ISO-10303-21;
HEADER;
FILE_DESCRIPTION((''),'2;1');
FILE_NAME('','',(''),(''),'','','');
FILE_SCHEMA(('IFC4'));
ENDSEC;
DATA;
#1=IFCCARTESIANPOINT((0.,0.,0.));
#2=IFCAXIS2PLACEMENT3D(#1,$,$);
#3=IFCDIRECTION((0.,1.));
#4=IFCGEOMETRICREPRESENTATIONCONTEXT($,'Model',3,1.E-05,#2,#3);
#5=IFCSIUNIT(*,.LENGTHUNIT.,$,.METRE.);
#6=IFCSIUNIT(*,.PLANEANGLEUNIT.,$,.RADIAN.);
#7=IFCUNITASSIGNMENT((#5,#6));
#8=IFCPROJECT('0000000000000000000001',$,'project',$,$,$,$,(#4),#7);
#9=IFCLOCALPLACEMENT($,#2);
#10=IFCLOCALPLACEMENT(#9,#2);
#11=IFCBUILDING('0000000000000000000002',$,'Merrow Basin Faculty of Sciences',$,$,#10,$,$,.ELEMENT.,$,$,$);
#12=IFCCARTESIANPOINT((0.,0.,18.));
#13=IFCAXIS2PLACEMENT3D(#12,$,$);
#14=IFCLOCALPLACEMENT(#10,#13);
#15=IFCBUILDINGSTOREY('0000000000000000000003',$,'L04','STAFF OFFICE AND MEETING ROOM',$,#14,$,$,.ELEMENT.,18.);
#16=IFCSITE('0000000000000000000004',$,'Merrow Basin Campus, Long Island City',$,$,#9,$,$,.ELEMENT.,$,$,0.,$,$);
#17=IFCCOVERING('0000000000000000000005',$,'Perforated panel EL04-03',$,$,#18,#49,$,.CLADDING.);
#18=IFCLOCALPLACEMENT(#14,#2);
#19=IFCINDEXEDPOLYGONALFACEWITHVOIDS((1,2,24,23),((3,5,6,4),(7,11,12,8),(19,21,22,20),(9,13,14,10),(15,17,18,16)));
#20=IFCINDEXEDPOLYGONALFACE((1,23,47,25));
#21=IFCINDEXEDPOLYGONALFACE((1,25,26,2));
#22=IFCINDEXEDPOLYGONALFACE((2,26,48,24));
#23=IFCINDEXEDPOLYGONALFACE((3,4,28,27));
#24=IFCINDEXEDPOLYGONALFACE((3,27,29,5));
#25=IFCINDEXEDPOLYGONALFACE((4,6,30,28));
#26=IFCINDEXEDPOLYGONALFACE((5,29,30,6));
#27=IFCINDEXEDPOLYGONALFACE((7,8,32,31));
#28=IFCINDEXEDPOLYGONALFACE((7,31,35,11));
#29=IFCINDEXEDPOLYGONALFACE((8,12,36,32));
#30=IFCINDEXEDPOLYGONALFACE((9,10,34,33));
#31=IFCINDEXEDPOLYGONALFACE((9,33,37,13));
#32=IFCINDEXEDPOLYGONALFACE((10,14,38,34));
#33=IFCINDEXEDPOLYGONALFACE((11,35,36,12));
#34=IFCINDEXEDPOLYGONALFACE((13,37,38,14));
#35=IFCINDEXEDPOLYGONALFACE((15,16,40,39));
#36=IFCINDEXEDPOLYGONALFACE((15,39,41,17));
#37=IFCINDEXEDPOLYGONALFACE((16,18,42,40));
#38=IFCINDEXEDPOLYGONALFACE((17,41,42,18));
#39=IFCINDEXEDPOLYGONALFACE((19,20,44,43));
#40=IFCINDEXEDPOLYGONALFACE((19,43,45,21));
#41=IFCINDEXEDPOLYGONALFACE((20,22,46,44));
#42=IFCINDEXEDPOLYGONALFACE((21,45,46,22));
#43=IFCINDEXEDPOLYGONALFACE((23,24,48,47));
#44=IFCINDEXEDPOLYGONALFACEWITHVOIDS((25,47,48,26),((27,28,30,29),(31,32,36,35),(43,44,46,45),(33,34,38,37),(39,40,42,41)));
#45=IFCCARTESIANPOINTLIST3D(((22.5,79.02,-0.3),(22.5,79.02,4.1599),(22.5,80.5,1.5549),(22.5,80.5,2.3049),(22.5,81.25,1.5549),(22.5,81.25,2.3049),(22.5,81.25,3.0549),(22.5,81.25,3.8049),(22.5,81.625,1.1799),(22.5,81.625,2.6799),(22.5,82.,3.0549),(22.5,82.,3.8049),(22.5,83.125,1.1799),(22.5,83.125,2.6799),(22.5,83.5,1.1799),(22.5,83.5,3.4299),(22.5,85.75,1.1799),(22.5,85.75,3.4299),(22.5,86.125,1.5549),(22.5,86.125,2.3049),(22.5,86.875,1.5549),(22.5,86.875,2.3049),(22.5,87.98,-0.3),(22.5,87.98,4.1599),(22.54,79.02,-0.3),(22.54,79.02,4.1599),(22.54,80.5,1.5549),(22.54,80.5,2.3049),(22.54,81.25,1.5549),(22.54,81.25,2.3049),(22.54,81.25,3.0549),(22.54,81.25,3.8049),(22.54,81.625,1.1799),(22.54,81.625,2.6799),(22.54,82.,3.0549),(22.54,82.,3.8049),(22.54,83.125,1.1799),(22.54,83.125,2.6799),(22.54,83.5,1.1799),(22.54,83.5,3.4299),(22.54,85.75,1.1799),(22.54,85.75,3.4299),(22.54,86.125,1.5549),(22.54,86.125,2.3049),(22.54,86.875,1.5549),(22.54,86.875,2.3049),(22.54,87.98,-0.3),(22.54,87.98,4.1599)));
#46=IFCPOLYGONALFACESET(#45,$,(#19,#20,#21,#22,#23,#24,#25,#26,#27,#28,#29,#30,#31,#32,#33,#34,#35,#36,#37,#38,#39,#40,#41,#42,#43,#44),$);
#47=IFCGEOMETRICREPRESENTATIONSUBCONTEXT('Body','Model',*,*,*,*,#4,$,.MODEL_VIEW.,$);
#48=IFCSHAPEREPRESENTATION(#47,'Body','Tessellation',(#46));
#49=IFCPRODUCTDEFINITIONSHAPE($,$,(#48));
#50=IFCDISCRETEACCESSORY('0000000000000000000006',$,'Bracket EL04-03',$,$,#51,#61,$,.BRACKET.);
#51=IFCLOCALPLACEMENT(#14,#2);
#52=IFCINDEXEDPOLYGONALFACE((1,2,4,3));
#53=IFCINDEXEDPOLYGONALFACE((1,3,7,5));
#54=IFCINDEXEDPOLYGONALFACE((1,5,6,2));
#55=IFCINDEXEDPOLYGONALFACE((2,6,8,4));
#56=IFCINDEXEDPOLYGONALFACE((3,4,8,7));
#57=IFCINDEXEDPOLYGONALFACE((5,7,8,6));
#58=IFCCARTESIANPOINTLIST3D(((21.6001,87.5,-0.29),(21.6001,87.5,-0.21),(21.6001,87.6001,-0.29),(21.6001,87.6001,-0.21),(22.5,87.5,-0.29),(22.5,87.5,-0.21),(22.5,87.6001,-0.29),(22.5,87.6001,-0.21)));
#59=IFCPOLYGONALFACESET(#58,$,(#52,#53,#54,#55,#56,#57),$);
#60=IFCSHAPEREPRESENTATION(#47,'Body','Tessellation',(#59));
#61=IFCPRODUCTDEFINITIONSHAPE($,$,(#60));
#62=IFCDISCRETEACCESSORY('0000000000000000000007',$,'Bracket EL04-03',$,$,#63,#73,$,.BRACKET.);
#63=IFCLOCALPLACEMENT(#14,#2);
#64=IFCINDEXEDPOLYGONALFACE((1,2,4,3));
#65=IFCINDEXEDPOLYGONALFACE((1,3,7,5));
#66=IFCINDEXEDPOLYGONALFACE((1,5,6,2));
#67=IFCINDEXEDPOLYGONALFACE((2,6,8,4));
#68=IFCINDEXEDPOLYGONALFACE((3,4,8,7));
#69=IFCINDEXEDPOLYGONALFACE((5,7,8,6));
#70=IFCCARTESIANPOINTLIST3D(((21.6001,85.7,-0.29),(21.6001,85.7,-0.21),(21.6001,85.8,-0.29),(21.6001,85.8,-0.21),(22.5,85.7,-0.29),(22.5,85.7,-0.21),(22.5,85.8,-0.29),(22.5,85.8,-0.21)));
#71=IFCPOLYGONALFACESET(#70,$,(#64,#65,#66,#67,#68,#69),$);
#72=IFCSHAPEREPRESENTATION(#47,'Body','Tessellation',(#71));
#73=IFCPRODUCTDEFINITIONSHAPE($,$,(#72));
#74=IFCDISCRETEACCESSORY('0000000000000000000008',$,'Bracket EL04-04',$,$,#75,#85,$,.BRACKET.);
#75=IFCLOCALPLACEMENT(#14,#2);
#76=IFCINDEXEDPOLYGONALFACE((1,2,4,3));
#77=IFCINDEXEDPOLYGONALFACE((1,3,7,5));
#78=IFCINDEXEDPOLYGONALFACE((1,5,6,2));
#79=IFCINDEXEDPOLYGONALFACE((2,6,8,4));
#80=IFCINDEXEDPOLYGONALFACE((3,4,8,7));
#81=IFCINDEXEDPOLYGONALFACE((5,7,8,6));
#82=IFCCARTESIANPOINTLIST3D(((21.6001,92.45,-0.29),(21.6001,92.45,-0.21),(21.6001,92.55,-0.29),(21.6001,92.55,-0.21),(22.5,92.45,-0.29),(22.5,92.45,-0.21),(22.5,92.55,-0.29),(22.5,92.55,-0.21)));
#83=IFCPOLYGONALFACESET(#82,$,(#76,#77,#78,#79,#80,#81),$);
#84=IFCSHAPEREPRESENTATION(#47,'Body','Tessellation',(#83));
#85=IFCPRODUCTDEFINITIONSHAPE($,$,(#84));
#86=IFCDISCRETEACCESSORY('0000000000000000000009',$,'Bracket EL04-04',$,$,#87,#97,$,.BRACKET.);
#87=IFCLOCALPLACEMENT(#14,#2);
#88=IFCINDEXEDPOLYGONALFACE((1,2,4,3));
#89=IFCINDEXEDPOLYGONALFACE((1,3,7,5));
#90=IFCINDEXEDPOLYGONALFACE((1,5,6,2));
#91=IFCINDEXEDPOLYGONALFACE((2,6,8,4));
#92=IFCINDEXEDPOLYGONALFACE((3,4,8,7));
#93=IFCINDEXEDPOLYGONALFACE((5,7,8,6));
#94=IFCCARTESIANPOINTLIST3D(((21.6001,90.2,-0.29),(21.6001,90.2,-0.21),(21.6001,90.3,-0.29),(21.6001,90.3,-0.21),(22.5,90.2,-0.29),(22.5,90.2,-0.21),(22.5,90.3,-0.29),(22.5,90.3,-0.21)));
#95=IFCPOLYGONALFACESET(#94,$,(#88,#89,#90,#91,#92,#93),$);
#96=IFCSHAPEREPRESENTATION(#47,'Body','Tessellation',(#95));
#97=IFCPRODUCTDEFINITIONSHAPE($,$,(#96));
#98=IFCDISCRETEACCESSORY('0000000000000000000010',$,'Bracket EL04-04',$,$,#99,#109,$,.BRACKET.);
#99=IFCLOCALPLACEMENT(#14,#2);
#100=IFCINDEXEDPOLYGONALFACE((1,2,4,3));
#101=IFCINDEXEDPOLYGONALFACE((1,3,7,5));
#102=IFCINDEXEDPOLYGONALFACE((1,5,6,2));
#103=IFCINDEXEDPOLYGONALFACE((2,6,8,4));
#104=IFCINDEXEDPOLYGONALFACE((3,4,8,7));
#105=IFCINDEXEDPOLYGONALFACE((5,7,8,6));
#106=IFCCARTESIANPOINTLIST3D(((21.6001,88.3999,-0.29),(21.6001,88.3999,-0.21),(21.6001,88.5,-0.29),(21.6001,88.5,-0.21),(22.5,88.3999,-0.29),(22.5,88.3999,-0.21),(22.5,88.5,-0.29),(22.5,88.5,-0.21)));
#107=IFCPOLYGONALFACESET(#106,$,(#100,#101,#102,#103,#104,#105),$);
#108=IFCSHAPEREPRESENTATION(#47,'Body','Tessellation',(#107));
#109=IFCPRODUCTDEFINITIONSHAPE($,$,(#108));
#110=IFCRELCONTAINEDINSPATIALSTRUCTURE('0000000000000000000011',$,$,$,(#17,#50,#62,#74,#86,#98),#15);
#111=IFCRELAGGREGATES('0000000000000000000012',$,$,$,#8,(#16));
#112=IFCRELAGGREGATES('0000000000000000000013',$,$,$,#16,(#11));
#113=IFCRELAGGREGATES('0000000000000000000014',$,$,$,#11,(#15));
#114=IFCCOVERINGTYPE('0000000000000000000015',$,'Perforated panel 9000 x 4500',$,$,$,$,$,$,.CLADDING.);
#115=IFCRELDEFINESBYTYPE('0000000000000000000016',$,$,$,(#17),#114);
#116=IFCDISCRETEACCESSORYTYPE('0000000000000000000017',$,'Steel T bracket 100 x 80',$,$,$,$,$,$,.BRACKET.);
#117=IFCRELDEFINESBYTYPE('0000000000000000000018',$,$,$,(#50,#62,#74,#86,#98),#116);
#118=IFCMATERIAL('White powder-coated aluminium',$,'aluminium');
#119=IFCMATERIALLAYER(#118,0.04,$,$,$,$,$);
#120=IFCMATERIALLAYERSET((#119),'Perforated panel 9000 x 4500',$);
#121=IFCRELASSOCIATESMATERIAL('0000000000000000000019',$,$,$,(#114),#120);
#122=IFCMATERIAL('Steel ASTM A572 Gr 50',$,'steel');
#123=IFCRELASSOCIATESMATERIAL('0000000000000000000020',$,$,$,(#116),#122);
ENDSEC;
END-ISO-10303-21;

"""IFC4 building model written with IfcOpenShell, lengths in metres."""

from ifc_helpers import new_model, si_unit, direction, frame, origin, place, context, subcontext, project, spatial, polyline, outline, extrude, source, transform, mapped, material, layer, layer_set, type_object, element, save


model = new_model("IFC4")

# Units and contexts
model_context = context("Model", 3, precision=1e-05, world=origin(), true_north=direction((0.0, 1.0)))
body_context = subcontext(model_context, "Body", "Model", "MODEL_VIEW")
ifc_project = project(units=[si_unit("LENGTHUNIT", "METRE"), si_unit("PLANEANGLEUNIT", "RADIAN")], contexts=[model_context])

# Site, building, storey
site_placement = place(None, origin())
site = spatial("IfcSite", under=ifc_project, at=site_placement, Name="Merrow Basin Campus, Long Island City", CompositionType="ELEMENT", RefElevation=0.0)
building_placement = place(site_placement, origin())
building = spatial("IfcBuilding", under=site, at=building_placement, Name="Merrow Basin Faculty of Sciences", CompositionType="ELEMENT")
storey_placement = place(building_placement, frame((0.0, 0.0, 18.0)))
storey = spatial("IfcBuildingStorey", under=building, at=storey_placement, Name="L04", Description="STAFF OFFICE AND MEETING ROOM", CompositionType="ELEMENT", Elevation=18.0)

# Covering
ifc_material_1 = material(Name="White powder-coated aluminium", Category="aluminium")
ifc_layer_1 = layer(ifc_material_1, 0.04)
ifc_layer_set_1 = layer_set([ifc_layer_1], Name="Perforated panel 9000 x 4500")
covering_type = type_object("IfcCoveringType", Name="Perforated panel 9000 x 4500", PredefinedType="CLADDING", material=ifc_layer_set_1)
shared_shape_1 = source(origin(), body_context, "Body", "SweptSolid", [
    extrude(outline(polyline([(0.02, 0.02), (8.98, 0.02), (8.98, 4.48), (0.02, 4.48), (0.02, 0.02)]), holes=[polyline([(4.875, 1.5), (6.375, 1.5), (6.375, 3.0), (4.875, 3.0), (4.875, 1.5)]), polyline([(2.25, 1.5), (4.5, 1.5), (4.5, 3.75), (2.25, 3.75), (2.25, 1.5)]), polyline([(6.75, 1.875), (7.5, 1.875), (7.5, 2.625), (6.75, 2.625), (6.75, 1.875)]), polyline([(1.125, 1.875), (1.875, 1.875), (1.875, 2.625), (1.125, 2.625), (1.125, 1.875)]), polyline([(6.0, 3.375), (6.75, 3.375), (6.75, 4.125), (6.0, 4.125), (6.0, 3.375)])]), origin(), (0.0, 0.0, 1.0), 0.04),
])
covering_placement = place(storey_placement, frame((22.54, 88.0, -0.3201), z_axis=(-1.0, 0.0, 0.0), x_axis=(0.0, -1.0, 0.0)))
element("IfcCovering", 1, at=covering_placement, inside=storey, type_object=covering_type, Name="Perforated panel EL04-03", PredefinedType="CLADDING", context=body_context, shape_type="MappedRepresentation", body=[
    mapped(shared_shape_1, transform((0.0, 0.0, 0.0), scale=1.0)),
])

# Discrete accessories
ifc_material_2 = material(Name="Steel ASTM A572 Gr 50", Category="steel")
discrete_accessory_type = type_object("IfcDiscreteAccessoryType", Name="Steel T bracket 100 x 80", PredefinedType="BRACKET", material=ifc_material_2)
shared_shape_2 = source(origin(), body_context, "Body", "SweptSolid", [
    extrude(outline(polyline([(0.0, 0.0), (0.1001, 0.0), (0.1001, 0.0801), (0.0, 0.0801), (0.0, 0.0)])), origin(), (0.0, 0.0, 1.0), 0.8999),
])
for number, where, z_axis, x_axis, name in (
    (2, (22.5, 87.6001, -0.29), (-1.0, 0.0, 0.0), (0.0, -1.0, 0.0), "Bracket EL04-03"),
    (3, (22.5, 85.8, -0.29), (-1.0, 0.0, 0.0), (0.0, -1.0, 0.0), "Bracket EL04-03"),
    (4, (22.5, 92.55, -0.29), (-1.0, 0.0, 0.0), (0.0, -1.0, 0.0), "Bracket EL04-04"),
    (5, (22.5, 90.3, -0.29), (-1.0, 0.0, 0.0), (0.0, -1.0, 0.0), "Bracket EL04-04"),
    (6, (22.5, 88.5, -0.29), (-1.0, 0.0, 0.0), (0.0, -1.0, 0.0), "Bracket EL04-04"),
):
    element("IfcDiscreteAccessory", number, at=place(storey_placement, frame(where, z_axis=z_axis, x_axis=x_axis)), inside=storey, type_object=discrete_accessory_type, Name=name, PredefinedType="BRACKET", context=body_context, shape_type="MappedRepresentation", body=[
        mapped(shared_shape_2, transform((0.0, 0.0, 0.0), scale=1.0)),
    ])

save(model, "model.ifc")
